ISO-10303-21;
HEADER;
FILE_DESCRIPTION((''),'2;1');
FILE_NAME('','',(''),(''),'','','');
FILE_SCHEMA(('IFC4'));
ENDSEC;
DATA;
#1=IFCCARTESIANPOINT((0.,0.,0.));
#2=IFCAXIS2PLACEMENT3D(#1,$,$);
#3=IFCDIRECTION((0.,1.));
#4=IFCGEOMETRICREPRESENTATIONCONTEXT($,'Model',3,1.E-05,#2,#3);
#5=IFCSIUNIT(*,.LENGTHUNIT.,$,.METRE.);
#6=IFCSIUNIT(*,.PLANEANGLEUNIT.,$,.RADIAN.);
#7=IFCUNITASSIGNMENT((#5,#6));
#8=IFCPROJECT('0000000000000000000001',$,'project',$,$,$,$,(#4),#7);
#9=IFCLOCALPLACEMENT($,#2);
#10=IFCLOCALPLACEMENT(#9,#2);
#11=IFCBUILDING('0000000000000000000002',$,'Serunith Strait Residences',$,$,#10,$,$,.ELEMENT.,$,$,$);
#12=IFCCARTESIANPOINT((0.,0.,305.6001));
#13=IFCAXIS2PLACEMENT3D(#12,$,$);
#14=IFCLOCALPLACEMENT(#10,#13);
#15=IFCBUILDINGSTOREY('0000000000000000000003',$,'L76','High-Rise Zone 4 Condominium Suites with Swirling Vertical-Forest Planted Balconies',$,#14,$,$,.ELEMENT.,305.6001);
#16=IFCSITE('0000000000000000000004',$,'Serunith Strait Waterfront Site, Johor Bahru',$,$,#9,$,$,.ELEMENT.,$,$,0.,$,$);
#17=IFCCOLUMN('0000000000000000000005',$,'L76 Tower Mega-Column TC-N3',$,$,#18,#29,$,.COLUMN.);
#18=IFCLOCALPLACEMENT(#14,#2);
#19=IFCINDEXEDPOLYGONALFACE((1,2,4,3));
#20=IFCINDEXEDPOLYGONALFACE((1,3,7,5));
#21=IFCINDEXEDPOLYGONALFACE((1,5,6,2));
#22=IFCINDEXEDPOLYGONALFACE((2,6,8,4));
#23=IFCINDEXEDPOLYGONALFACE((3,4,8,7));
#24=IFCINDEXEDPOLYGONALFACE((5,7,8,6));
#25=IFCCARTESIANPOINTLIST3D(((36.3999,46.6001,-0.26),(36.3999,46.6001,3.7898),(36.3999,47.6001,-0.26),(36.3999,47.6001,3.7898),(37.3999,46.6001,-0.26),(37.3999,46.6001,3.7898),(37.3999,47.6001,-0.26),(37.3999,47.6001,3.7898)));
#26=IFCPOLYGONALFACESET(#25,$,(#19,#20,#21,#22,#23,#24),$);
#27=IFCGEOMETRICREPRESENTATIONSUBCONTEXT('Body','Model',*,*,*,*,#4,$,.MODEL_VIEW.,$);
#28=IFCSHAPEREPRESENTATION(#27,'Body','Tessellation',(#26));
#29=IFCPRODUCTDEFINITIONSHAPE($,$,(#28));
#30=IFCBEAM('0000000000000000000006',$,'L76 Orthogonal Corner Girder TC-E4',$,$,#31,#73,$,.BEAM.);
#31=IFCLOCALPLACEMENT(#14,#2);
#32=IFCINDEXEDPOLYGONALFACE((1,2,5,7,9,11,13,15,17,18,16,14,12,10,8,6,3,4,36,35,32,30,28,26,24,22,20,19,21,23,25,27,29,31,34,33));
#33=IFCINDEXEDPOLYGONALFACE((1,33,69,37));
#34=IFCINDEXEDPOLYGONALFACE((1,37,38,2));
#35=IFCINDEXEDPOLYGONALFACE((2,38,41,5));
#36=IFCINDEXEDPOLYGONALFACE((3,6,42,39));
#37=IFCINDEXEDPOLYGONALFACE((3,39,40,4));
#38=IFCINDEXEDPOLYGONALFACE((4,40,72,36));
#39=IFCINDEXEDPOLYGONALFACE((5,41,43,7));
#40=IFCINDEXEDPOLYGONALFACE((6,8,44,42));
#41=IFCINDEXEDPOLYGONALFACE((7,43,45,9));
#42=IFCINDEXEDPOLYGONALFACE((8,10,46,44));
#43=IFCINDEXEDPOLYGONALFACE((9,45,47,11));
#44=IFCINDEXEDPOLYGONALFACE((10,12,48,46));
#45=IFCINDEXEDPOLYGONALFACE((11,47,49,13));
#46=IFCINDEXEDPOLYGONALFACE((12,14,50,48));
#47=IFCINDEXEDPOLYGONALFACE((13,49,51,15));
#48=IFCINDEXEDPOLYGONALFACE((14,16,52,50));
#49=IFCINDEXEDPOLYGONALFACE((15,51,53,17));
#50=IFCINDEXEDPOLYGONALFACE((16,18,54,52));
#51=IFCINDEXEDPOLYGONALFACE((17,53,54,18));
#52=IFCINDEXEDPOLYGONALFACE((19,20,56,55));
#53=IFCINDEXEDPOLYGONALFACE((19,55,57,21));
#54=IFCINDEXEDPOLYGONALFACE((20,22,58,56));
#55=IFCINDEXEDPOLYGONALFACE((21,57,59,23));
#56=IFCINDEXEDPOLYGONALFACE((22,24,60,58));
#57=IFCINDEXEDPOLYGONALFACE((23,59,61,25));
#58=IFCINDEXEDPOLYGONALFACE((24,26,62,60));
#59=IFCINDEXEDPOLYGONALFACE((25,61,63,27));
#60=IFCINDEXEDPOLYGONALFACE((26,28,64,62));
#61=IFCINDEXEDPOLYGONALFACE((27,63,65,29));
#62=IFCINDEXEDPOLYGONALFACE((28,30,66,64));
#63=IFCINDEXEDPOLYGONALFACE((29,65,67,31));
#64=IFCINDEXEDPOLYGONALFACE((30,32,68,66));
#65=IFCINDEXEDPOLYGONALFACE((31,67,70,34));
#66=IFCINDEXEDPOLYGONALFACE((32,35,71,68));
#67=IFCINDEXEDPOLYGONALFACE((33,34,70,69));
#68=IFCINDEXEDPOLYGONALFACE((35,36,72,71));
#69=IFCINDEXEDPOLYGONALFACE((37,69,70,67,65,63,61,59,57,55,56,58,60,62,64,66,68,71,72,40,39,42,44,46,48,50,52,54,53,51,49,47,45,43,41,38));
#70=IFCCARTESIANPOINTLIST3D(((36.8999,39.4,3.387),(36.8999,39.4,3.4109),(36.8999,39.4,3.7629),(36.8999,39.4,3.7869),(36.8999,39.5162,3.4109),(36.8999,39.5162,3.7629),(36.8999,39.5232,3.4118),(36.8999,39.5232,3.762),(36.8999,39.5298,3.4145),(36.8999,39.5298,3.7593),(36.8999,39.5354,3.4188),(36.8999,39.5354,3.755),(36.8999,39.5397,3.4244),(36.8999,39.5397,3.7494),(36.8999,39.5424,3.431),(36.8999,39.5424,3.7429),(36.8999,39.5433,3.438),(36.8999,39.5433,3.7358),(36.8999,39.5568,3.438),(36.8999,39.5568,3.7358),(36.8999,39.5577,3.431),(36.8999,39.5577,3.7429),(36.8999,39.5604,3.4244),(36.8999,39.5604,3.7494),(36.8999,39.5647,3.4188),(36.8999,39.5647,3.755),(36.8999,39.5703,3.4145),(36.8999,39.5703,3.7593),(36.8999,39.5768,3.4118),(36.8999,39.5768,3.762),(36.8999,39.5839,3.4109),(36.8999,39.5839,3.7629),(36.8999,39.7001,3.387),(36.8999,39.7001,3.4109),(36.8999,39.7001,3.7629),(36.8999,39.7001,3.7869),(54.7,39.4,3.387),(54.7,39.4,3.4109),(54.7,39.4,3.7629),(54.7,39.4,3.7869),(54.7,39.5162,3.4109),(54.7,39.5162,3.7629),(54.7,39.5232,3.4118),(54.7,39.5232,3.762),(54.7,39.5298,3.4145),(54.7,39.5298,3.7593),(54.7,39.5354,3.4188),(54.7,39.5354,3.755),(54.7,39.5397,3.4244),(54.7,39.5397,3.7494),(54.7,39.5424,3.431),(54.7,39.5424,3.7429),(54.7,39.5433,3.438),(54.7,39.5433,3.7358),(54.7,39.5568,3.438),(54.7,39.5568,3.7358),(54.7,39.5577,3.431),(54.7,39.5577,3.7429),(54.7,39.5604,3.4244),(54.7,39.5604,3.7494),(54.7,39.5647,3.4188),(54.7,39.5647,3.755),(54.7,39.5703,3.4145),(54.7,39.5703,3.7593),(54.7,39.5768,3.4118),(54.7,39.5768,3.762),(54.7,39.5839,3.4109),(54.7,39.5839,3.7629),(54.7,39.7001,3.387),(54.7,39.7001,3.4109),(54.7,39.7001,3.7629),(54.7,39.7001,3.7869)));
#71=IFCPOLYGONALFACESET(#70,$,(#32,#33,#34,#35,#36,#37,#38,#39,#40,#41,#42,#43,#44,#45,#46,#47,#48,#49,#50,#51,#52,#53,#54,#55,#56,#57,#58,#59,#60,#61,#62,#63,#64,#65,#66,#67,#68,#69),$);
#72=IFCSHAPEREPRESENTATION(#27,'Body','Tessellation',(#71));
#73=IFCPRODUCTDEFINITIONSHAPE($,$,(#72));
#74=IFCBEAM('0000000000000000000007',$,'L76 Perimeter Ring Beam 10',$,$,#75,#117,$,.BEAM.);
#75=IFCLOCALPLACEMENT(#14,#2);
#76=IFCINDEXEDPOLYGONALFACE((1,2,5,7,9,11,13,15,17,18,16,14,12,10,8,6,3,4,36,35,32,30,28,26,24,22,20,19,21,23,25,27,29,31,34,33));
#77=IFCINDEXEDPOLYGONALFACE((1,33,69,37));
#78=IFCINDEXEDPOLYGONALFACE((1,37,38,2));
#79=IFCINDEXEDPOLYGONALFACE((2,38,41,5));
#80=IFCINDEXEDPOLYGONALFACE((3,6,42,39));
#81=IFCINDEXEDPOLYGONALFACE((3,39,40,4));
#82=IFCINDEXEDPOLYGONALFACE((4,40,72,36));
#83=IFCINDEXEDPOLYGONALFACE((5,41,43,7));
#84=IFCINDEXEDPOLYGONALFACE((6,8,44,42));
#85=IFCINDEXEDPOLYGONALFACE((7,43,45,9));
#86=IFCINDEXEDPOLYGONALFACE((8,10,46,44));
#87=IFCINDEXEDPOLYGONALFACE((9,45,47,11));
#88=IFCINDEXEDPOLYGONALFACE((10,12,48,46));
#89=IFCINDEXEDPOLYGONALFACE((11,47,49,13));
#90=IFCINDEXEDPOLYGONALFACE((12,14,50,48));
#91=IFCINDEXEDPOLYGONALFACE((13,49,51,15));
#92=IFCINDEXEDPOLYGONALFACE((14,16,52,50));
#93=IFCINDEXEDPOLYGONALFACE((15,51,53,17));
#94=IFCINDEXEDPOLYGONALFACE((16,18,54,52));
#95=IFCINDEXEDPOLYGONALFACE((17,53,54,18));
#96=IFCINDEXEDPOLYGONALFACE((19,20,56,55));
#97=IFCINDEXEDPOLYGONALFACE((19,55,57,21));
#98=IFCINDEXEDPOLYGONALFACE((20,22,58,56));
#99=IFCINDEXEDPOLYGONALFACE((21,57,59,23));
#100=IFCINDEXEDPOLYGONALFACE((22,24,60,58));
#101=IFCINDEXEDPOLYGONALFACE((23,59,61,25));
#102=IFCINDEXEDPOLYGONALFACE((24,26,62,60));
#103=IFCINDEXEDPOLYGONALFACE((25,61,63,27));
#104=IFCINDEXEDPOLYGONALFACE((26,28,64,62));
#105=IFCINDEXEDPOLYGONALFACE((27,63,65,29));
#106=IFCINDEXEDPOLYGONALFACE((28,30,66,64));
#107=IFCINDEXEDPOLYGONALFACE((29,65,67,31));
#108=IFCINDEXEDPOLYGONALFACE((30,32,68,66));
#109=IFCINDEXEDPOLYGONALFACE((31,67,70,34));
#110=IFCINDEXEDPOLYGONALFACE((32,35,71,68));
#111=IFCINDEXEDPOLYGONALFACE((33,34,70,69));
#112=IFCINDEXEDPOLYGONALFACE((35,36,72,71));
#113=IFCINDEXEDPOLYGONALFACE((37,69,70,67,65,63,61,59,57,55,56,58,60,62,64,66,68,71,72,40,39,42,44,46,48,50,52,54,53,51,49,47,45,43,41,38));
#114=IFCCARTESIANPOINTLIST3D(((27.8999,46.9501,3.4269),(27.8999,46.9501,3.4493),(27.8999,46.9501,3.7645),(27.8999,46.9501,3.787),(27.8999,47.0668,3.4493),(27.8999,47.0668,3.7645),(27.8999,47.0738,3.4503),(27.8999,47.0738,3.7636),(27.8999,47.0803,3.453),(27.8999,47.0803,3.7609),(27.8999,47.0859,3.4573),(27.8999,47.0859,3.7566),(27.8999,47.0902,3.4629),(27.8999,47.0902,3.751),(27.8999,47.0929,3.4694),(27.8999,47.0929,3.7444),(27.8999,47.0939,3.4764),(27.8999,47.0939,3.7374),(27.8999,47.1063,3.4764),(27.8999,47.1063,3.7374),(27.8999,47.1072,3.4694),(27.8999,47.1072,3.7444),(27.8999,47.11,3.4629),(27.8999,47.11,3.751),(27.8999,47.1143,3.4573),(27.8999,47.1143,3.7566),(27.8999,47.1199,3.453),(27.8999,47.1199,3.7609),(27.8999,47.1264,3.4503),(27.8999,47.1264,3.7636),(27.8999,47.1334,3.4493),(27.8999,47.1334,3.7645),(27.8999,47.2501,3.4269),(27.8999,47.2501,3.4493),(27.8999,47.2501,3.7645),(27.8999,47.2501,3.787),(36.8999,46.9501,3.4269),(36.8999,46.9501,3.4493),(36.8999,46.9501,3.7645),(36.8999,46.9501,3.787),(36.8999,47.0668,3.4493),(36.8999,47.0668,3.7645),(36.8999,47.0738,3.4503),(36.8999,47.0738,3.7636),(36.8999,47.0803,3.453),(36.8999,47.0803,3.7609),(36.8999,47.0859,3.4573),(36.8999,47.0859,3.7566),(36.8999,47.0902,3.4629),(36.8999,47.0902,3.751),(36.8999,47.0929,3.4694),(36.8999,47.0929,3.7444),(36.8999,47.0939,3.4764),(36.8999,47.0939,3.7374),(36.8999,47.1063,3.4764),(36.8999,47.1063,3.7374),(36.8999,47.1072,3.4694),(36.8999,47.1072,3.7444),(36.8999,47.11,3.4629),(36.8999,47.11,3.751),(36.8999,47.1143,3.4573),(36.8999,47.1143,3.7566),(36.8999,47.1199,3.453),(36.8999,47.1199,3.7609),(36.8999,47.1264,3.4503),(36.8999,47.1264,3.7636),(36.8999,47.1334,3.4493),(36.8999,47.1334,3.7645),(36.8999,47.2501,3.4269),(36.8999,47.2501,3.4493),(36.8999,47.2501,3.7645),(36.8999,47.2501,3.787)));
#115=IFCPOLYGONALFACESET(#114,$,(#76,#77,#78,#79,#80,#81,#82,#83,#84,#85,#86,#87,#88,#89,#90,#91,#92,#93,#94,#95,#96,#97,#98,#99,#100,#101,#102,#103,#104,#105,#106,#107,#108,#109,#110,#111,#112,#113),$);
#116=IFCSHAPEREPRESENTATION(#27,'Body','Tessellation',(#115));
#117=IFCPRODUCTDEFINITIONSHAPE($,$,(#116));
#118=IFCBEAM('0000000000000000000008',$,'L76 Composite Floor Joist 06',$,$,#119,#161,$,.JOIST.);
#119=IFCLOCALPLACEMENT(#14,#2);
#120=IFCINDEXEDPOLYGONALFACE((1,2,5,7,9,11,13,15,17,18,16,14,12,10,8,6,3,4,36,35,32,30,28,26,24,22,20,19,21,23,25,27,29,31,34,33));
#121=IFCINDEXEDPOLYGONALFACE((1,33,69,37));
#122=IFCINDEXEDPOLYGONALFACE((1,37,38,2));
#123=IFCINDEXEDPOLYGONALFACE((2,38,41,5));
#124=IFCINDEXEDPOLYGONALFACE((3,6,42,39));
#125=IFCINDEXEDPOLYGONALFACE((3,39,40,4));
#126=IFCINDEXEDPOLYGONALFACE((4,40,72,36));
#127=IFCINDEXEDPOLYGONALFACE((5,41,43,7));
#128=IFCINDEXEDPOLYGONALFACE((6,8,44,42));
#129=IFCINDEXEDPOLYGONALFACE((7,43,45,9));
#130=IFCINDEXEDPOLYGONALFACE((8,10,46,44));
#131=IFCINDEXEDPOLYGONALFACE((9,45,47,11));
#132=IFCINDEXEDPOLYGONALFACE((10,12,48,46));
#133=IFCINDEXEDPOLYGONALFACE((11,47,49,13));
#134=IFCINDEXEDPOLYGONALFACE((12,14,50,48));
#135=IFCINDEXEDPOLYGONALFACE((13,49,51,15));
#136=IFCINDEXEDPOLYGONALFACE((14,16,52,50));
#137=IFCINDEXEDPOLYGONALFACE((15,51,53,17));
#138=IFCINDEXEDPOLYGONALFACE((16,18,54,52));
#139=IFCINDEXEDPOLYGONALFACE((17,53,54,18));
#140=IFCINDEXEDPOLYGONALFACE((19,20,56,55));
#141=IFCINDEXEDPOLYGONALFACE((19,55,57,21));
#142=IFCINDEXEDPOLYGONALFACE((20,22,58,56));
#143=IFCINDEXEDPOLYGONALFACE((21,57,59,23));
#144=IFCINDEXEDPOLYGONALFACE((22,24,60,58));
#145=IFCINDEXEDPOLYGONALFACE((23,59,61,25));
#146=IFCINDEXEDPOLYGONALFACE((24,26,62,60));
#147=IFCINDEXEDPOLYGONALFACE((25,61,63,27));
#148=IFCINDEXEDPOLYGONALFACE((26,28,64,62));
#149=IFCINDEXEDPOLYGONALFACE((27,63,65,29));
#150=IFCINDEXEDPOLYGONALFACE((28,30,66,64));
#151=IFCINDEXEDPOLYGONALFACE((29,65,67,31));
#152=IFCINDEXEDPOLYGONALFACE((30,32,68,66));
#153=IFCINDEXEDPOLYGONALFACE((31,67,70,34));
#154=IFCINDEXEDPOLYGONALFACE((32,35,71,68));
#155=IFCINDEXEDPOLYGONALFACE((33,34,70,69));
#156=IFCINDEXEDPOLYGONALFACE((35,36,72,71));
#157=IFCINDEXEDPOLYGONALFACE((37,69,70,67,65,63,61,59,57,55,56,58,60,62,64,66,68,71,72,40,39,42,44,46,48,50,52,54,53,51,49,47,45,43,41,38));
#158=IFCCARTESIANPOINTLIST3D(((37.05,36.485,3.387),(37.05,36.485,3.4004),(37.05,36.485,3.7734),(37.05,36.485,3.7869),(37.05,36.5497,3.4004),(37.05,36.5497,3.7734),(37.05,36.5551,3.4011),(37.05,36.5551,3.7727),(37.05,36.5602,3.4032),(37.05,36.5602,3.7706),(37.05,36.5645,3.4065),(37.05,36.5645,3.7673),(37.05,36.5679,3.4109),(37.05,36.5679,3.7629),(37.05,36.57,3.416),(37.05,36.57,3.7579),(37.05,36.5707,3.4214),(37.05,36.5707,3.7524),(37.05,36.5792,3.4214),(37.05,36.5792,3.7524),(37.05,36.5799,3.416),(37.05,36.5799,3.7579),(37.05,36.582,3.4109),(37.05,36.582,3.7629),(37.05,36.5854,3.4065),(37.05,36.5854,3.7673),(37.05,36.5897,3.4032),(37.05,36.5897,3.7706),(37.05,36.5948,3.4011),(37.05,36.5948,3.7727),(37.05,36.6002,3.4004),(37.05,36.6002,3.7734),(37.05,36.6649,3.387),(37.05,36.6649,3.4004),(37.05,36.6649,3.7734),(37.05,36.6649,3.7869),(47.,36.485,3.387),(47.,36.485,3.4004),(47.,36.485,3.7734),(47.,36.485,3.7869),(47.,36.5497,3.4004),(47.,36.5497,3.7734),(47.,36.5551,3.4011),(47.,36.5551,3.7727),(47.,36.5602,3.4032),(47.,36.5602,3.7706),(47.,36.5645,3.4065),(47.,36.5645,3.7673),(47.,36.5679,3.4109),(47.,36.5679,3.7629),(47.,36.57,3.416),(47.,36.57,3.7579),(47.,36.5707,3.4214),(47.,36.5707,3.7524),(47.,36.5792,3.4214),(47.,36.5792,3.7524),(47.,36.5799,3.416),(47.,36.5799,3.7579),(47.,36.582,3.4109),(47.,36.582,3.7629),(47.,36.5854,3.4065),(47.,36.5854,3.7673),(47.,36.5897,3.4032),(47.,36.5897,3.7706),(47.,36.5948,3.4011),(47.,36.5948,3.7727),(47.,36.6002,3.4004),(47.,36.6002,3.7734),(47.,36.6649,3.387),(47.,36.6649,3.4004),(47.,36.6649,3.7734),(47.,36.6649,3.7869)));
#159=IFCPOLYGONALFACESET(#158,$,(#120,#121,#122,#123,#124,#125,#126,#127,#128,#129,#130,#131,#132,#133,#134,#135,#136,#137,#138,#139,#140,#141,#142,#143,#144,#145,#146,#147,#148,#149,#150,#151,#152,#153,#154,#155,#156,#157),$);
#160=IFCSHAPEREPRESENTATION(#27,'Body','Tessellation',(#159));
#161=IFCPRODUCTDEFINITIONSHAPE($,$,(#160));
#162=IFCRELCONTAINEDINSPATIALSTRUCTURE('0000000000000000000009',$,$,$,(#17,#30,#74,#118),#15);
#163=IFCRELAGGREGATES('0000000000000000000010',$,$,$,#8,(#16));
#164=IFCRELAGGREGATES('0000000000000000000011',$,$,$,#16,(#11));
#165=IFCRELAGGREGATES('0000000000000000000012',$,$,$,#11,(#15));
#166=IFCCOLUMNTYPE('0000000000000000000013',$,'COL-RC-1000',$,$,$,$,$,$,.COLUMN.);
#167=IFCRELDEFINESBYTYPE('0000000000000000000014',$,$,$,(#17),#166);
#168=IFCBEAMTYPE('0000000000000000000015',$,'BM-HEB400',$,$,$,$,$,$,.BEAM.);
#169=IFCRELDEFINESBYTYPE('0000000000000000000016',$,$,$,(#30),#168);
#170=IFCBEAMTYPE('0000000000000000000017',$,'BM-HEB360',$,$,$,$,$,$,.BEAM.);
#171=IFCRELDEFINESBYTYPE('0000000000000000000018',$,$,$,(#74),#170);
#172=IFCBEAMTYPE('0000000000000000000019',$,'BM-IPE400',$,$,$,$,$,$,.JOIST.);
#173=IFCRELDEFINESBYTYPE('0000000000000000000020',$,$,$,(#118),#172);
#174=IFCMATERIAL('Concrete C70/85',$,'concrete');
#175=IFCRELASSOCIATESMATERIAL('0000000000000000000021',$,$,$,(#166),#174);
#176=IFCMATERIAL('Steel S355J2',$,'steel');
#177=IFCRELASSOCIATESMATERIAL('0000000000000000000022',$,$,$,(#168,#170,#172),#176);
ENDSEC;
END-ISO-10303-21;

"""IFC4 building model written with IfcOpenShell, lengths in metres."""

from ifc_helpers import new_model, si_unit, direction, frame, origin, origin_2d, place, context, subcontext, project, spatial, rectangle, i_section, extrude, source, transform, mapped, material, material_profile, profile_set, type_object, element, save


model = new_model("IFC4")

# Units and contexts
model_context = context("Model", 3, precision=1e-05, world=origin(), true_north=direction((0.0, 1.0)))
body_context = subcontext(model_context, "Body", "Model", "MODEL_VIEW")
ifc_project = project(units=[si_unit("LENGTHUNIT", "METRE"), si_unit("PLANEANGLEUNIT", "RADIAN")], contexts=[model_context])

# Site, building, storey
site_placement = place(None, origin())
site = spatial("IfcSite", under=ifc_project, at=site_placement, Name="Serunith Strait Waterfront Site, Johor Bahru", CompositionType="ELEMENT", RefElevation=0.0)
building_placement = place(site_placement, origin())
building = spatial("IfcBuilding", under=site, at=building_placement, Name="Serunith Strait Residences", CompositionType="ELEMENT")
storey_placement = place(building_placement, frame((0.0, 0.0, 305.6001)))
storey = spatial("IfcBuildingStorey", under=building, at=storey_placement, Name="L76", Description="High-Rise Zone 4 Condominium Suites with Swirling Vertical-Forest Planted Balconies", CompositionType="ELEMENT", Elevation=305.6001)

# Column
ifc_material_1 = material(Name="Concrete C70/85", Category="concrete")
ifc_material_profile_1 = material_profile(ifc_material_1, rectangle(XDim=1.0, YDim=1.0, at=origin_2d()), Name="RC 1000x1000")
ifc_profile_set_1 = profile_set([ifc_material_profile_1], Name="Concrete C70/85")
column_type = type_object("IfcColumnType", Name="COL-RC-1000", PredefinedType="COLUMN", material=ifc_profile_set_1)
shared_shape_1 = source(origin(), body_context, "Body", "SweptSolid", [
    extrude(rectangle(XDim=1.0, YDim=1.0, at=origin_2d()), origin(), (0.0, 0.0, 1.0), 4.0498),
])
column_placement = place(storey_placement, frame((36.8999, 47.1001, -0.26), z_axis=(0.0, 0.0, 1.0), x_axis=(1.0, 0.0, 0.0)))
element("IfcColumn", 1, at=column_placement, inside=storey, type_object=column_type, Name="L76 Tower Mega-Column TC-N3", PredefinedType="COLUMN", context=body_context, shape_type="MappedRepresentation", body=[
    mapped(shared_shape_1, transform((0.0, 0.0, 0.0), scale=1.0)),
])

# Beams
ifc_material_2 = material(Name="Steel S355J2", Category="steel")
ifc_material_profile_2 = material_profile(ifc_material_2, i_section(OverallWidth=0.3, OverallDepth=0.3999, WebThickness=0.0134, FlangeThickness=0.0239, FilletRadius=0.0271, at=origin_2d()), Name="HEB 400")
ifc_profile_set_2 = profile_set([ifc_material_profile_2], Name="Steel S355J2")
beam_type_1 = type_object("IfcBeamType", Name="BM-HEB400", PredefinedType="BEAM", material=ifc_profile_set_2)
shared_shape_2 = source(origin(), body_context, "Body", "SweptSolid", [
    extrude(i_section(OverallWidth=0.3, OverallDepth=0.3999, WebThickness=0.0134, FlangeThickness=0.0239, FilletRadius=0.0271, at=origin_2d()), origin(), (0.0, 0.0, 1.0), 17.8),
])
beam_1_placement = place(storey_placement, frame((36.8999, 39.55, 3.5869), z_axis=(1.0, 0.0, 0.0), x_axis=(0.0, 1.0, 0.0)))
element("IfcBeam", 2, at=beam_1_placement, inside=storey, type_object=beam_type_1, Name="L76 Orthogonal Corner Girder TC-E4", PredefinedType="BEAM", context=body_context, shape_type="MappedRepresentation", body=[
    mapped(shared_shape_2, transform((0.0, 0.0, 0.0), scale=1.0)),
])
ifc_material_profile_3 = material_profile(ifc_material_2, i_section(OverallWidth=0.3, OverallDepth=0.3601, WebThickness=0.0125, FlangeThickness=0.0225, FilletRadius=0.0271, at=origin_2d()), Name="HEB 360")
ifc_profile_set_3 = profile_set([ifc_material_profile_3], Name="Steel S355J2")
beam_type_2 = type_object("IfcBeamType", Name="BM-HEB360", PredefinedType="BEAM", material=ifc_profile_set_3)
shared_shape_3 = source(origin(), body_context, "Body", "SweptSolid", [
    extrude(i_section(OverallWidth=0.3, OverallDepth=0.3601, WebThickness=0.0125, FlangeThickness=0.0225, FilletRadius=0.0271, at=origin_2d()), origin(), (0.0, 0.0, 1.0), 9.0),
])
beam_2_placement = place(storey_placement, frame((36.8999, 47.1001, 3.6069), z_axis=(-1.0, 0.0, 0.0), x_axis=(0.0, -1.0, 0.0)))
element("IfcBeam", 3, at=beam_2_placement, inside=storey, type_object=beam_type_2, Name="L76 Perimeter Ring Beam 10", PredefinedType="BEAM", context=body_context, shape_type="MappedRepresentation", body=[
    mapped(shared_shape_3, transform((0.0, 0.0, 0.0), scale=1.0)),
])
ifc_material_profile_4 = material_profile(ifc_material_2, i_section(OverallWidth=0.1799, OverallDepth=0.3999, WebThickness=0.0085, FlangeThickness=0.0134, FilletRadius=0.021, at=origin_2d()), Name="IPE 400")
ifc_profile_set_4 = profile_set([ifc_material_profile_4], Name="Steel S355J2")
beam_type_3 = type_object("IfcBeamType", Name="BM-IPE400", PredefinedType="JOIST", material=ifc_profile_set_4)
shared_shape_4 = source(origin(), body_context, "Body", "SweptSolid", [
    extrude(i_section(OverallWidth=0.1799, OverallDepth=0.3999, WebThickness=0.0085, FlangeThickness=0.0134, FilletRadius=0.021, at=origin_2d()), origin(), (0.0, 0.0, 1.0), 9.95),
])
beam_3_placement = place(storey_placement, frame((37.05, 36.575, 3.5869), z_axis=(1.0, 0.0, 0.0), x_axis=(0.0, 1.0, 0.0)))
element("IfcBeam", 4, at=beam_3_placement, inside=storey, type_object=beam_type_3, Name="L76 Composite Floor Joist 06", PredefinedType="JOIST", context=body_context, shape_type="MappedRepresentation", body=[
    mapped(shared_shape_4, transform((0.0, 0.0, 0.0), scale=1.0)),
])

save(model, "model.ifc")
